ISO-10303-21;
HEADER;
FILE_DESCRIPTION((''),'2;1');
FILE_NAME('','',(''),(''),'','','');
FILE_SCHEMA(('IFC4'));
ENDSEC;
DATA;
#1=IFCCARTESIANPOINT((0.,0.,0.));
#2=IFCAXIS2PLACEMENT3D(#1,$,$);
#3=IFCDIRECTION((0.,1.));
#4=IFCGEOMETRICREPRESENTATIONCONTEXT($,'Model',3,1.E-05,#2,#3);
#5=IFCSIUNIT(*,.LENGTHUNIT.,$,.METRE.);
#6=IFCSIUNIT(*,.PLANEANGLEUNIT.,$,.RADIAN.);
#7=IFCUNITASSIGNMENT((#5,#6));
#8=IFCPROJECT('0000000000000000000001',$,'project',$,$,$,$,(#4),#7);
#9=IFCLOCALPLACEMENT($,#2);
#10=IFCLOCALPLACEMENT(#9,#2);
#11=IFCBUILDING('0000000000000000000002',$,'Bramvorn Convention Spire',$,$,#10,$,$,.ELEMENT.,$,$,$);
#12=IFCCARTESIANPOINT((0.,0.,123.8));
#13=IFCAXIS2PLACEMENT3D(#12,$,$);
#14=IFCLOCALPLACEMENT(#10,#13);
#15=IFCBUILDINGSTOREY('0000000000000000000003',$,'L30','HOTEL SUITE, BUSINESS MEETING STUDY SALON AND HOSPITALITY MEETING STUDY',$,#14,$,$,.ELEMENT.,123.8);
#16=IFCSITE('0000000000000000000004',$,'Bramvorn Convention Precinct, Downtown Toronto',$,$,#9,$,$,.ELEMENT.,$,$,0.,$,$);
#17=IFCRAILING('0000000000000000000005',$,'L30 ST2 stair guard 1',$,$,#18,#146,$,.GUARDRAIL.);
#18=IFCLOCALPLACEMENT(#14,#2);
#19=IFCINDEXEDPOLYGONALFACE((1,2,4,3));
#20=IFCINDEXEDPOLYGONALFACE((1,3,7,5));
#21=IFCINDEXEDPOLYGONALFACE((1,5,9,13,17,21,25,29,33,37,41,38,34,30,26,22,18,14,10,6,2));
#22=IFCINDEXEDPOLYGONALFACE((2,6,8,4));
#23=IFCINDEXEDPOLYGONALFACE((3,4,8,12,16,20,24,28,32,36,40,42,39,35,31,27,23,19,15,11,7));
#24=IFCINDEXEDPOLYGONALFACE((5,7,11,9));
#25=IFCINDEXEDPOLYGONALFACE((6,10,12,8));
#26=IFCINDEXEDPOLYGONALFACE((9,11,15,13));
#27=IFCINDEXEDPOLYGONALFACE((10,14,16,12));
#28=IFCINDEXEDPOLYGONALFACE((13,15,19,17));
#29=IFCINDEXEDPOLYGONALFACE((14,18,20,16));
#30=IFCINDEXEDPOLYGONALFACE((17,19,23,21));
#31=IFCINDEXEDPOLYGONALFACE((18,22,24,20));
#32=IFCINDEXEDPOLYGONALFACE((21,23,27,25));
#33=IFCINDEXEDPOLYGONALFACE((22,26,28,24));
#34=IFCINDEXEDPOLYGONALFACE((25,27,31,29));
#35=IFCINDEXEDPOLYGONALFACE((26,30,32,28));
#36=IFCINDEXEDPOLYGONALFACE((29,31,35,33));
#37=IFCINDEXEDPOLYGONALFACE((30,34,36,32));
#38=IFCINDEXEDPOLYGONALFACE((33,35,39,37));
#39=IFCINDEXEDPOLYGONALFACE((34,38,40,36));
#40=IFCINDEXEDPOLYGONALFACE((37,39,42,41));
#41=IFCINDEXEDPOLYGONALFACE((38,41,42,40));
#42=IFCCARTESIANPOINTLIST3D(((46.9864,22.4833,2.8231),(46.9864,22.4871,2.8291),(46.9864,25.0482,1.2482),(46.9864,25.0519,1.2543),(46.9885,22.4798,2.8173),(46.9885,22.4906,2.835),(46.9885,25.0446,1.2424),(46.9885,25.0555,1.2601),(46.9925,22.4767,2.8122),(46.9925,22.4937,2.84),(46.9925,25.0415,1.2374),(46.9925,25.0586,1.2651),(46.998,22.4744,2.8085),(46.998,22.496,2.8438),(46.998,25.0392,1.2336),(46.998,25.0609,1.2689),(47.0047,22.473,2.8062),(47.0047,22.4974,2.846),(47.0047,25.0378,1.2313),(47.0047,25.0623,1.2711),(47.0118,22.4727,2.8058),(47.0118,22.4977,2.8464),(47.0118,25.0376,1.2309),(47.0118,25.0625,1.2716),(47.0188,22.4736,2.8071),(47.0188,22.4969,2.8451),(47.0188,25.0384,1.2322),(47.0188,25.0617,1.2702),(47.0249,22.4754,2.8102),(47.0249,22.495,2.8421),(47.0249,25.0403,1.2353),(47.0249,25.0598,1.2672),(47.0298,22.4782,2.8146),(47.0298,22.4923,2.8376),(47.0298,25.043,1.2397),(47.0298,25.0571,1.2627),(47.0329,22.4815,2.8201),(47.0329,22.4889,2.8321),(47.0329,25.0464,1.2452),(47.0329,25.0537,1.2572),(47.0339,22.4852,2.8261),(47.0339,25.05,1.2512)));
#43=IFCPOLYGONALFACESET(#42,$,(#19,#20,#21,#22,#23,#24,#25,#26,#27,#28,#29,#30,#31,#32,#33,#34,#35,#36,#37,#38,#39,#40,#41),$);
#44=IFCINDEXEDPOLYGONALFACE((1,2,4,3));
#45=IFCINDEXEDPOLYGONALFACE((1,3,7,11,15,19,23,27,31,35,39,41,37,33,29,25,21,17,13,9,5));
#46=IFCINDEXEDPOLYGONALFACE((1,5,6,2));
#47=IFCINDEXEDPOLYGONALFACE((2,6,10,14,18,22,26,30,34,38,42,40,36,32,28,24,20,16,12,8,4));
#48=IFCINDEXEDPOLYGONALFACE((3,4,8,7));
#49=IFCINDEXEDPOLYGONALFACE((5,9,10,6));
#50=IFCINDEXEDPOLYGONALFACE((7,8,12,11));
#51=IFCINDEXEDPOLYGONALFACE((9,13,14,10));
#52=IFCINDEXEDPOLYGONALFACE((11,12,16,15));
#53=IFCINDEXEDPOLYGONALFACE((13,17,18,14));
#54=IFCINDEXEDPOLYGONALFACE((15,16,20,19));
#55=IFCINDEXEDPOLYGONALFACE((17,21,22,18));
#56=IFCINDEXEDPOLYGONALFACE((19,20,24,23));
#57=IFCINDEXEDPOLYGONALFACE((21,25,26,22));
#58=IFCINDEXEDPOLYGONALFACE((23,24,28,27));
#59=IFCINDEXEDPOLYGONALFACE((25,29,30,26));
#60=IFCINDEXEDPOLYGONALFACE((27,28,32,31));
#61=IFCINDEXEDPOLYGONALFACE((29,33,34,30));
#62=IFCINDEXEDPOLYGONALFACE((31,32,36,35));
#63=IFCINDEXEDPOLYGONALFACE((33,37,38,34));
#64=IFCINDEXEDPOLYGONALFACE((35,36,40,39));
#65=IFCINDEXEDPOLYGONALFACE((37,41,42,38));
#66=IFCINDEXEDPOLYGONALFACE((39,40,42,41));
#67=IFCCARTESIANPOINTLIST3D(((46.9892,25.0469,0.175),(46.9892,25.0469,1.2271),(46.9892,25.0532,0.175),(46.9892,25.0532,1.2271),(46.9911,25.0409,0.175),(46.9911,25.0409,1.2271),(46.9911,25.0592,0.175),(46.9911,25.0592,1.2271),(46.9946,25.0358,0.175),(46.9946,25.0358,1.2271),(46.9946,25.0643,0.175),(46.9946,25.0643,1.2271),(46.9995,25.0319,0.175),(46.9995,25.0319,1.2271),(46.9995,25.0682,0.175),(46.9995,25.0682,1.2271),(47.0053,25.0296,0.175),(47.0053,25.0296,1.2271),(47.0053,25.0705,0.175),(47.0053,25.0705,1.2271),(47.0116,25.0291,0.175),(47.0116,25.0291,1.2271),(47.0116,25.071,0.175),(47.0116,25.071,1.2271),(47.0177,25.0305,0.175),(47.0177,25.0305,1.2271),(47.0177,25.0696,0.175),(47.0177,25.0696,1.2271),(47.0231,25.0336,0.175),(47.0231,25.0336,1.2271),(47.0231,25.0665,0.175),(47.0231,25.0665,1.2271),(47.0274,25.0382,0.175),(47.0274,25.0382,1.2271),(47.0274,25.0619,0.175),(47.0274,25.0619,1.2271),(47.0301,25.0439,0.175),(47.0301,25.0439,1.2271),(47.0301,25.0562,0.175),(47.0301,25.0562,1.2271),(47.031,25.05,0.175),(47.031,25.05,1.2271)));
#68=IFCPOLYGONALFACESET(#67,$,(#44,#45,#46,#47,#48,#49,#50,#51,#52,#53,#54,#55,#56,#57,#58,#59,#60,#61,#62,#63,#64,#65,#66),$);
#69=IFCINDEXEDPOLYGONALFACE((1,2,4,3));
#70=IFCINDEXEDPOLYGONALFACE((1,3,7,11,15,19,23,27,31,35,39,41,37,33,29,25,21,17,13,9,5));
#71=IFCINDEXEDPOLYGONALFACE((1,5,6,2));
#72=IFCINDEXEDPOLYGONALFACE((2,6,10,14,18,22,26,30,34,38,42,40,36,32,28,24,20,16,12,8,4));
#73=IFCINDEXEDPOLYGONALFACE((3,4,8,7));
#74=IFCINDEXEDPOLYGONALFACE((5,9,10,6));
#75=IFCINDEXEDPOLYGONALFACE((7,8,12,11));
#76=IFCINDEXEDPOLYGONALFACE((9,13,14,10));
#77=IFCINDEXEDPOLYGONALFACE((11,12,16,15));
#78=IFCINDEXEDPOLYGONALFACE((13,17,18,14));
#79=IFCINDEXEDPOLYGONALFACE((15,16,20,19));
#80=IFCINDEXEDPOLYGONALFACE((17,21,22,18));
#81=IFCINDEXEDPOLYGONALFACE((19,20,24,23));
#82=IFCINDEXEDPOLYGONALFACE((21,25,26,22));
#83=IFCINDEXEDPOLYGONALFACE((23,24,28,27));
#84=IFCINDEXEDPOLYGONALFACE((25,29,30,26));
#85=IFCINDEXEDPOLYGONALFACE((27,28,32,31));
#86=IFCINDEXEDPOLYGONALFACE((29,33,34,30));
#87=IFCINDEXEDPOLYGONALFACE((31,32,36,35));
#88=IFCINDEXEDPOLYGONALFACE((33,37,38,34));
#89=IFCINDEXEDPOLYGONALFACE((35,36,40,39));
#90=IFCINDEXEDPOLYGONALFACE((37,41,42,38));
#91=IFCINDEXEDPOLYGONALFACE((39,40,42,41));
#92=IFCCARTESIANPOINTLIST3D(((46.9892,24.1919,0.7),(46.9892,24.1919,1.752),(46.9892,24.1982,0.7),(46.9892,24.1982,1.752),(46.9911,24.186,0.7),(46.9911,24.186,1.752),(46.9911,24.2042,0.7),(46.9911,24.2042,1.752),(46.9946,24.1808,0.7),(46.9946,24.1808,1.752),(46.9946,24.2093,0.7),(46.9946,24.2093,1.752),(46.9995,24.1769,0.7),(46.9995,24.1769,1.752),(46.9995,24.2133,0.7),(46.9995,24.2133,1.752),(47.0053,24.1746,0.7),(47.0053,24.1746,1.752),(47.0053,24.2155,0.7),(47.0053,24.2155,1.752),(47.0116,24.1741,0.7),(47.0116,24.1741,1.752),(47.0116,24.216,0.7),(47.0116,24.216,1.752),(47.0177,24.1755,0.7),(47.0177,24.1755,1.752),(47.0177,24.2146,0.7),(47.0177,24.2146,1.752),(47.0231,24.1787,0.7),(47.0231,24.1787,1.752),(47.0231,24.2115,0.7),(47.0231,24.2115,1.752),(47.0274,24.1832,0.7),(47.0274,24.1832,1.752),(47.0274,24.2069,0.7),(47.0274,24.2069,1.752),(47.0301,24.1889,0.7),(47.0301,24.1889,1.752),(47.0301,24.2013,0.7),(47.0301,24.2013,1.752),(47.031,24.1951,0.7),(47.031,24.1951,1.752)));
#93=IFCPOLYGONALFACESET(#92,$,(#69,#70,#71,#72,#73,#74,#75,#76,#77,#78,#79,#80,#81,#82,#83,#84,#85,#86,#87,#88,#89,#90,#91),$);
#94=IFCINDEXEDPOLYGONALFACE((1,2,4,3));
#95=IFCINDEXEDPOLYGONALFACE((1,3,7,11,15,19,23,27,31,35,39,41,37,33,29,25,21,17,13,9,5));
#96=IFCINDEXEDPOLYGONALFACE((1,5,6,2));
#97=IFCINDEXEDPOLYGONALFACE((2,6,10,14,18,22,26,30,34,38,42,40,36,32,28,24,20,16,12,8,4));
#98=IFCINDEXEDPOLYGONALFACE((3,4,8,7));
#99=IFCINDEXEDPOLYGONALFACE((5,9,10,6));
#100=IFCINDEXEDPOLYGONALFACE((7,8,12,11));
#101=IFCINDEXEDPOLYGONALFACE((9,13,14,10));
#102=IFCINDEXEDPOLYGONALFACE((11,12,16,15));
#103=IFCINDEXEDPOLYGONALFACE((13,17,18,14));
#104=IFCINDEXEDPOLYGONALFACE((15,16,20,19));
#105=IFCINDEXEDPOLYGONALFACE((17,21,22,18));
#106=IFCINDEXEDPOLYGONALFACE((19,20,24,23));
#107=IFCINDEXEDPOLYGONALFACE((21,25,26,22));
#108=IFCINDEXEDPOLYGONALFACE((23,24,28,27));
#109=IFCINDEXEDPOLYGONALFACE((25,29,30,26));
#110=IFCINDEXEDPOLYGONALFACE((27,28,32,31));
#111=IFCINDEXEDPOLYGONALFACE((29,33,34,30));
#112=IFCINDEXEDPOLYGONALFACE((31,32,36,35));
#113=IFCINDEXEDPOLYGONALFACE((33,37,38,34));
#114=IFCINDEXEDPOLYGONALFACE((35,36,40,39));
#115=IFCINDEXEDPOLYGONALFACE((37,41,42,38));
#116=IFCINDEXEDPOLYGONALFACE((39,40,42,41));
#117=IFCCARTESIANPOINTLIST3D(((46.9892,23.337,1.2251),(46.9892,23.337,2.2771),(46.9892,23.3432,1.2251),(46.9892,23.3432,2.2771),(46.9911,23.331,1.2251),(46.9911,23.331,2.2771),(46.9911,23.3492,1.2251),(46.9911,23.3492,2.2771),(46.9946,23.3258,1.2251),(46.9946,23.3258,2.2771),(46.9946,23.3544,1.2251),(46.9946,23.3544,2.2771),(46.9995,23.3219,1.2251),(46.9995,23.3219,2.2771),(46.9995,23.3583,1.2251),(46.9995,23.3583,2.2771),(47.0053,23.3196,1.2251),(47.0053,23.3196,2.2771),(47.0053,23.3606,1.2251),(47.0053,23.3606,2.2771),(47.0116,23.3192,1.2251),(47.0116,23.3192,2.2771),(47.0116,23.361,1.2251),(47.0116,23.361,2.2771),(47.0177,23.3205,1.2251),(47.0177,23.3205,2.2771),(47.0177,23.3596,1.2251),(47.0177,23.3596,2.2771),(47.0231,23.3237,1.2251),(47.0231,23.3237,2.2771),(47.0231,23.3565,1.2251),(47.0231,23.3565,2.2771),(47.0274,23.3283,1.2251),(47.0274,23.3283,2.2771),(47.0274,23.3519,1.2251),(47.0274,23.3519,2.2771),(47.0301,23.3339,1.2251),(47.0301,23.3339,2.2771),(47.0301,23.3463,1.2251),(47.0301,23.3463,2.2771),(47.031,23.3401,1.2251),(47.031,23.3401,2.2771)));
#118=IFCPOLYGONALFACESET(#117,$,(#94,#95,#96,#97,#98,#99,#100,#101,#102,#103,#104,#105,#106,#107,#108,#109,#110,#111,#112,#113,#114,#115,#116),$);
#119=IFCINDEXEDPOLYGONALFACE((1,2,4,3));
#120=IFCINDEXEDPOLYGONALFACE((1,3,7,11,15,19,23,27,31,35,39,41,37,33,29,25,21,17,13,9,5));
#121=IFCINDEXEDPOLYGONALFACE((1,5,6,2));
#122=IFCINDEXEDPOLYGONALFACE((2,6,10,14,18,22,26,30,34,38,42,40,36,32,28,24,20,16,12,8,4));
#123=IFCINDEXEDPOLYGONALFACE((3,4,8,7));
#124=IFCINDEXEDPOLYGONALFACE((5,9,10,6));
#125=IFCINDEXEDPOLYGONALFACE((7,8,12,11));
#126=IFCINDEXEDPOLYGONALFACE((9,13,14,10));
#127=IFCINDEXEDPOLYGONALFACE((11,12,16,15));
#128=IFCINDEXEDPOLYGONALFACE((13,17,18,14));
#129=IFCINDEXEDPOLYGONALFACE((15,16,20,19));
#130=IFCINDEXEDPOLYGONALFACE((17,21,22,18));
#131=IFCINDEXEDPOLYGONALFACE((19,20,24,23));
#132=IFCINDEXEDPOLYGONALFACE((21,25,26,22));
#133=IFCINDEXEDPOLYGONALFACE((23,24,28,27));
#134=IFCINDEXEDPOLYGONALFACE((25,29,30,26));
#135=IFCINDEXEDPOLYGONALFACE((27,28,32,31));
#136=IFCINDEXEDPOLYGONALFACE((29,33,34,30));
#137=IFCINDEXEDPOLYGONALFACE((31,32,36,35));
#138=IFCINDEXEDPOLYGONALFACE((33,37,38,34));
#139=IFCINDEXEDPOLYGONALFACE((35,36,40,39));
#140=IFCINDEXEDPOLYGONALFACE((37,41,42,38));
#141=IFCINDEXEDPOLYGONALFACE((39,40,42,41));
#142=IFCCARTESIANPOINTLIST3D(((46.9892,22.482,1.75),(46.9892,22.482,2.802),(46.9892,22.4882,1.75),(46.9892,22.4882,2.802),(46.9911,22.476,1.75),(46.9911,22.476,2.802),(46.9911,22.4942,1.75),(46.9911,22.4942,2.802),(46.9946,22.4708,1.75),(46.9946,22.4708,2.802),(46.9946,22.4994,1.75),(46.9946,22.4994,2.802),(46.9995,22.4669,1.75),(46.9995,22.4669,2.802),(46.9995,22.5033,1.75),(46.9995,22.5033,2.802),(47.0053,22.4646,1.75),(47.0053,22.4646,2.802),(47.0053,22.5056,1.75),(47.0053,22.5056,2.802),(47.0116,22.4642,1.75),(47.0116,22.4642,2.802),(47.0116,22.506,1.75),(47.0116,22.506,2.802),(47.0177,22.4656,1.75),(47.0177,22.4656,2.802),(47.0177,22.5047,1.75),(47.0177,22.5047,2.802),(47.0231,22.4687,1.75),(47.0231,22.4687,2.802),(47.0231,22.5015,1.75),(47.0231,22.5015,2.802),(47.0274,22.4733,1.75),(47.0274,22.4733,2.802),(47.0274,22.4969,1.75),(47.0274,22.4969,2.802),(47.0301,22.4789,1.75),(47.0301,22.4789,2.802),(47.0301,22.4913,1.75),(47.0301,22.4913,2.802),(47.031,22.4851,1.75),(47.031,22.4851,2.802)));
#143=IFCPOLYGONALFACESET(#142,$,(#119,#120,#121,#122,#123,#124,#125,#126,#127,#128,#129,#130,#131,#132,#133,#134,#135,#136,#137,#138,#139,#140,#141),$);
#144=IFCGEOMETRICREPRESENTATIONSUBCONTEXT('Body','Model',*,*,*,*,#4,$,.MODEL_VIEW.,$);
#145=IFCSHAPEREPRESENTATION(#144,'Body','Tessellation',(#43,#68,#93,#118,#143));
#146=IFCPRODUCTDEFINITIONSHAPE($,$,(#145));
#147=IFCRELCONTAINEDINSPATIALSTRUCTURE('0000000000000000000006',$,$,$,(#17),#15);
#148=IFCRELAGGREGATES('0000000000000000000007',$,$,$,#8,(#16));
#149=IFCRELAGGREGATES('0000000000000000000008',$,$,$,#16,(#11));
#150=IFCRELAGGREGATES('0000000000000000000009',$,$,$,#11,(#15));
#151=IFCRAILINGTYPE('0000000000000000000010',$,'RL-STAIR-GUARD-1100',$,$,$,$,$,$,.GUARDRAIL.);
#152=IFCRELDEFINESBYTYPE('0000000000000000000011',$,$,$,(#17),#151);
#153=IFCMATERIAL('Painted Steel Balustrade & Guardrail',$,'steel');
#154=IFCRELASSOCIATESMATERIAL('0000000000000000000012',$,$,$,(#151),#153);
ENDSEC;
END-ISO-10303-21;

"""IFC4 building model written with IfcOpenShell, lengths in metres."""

from ifc_helpers import new_model, si_unit, direction, frame, origin, origin_2d, place, context, subcontext, project, spatial, circle, extrude, material, type_object, element, save


model = new_model("IFC4")

# Units and contexts
model_context = context("Model", 3, precision=1e-05, world=origin(), true_north=direction((0.0, 1.0)))
body_context = subcontext(model_context, "Body", "Model", "MODEL_VIEW")
ifc_project = project(units=[si_unit("LENGTHUNIT", "METRE"), si_unit("PLANEANGLEUNIT", "RADIAN")], contexts=[model_context])

# Site, building, storey
site_placement = place(None, origin())
site = spatial("IfcSite", under=ifc_project, at=site_placement, Name="Bramvorn Convention Precinct, Downtown Toronto", CompositionType="ELEMENT", RefElevation=0.0)
building_placement = place(site_placement, origin())
building = spatial("IfcBuilding", under=site, at=building_placement, Name="Bramvorn Convention Spire", CompositionType="ELEMENT")
storey_placement = place(building_placement, frame((0.0, 0.0, 123.8)))
storey = spatial("IfcBuildingStorey", under=building, at=storey_placement, Name="L30", Description="HOTEL SUITE, BUSINESS MEETING STUDY SALON AND HOSPITALITY MEETING STUDY", CompositionType="ELEMENT", Elevation=123.8)

# Railing
ifc_material_1 = material(Name="Painted Steel Balustrade & Guardrail", Category="steel")
railing_type_1 = type_object("IfcRailingType", Name="RL-STAIR-GUARD-1100", PredefinedType="GUARDRAIL", material=ifc_material_1)
railing_1_placement = place(storey_placement, frame((47.01, 25.05, 0.175)))
element("IfcRailing", 1, at=railing_1_placement, inside=storey, type_object=railing_type_1, Name="L30 ST2 stair guard 1", PredefinedType="GUARDRAIL", context=body_context, shape_type="SweptSolid", body=[
    extrude(circle(Radius=0.0239, at=origin_2d()), frame((0.0, 0.0, 1.0762), z_axis=(0.0, -0.852173, 0.52326), x_axis=(1.0, 0.0, 0.0)), (0.0, 0.0, 1.0), 3.0098),
    extrude(circle(Radius=0.021, at=origin_2d()), origin(), (0.0, 0.0, 1.0), 1.052),
    extrude(circle(Radius=0.021, at=origin_2d()), frame((0.0, -0.855, 0.5249)), (0.0, 0.0, 1.0), 1.052),
    extrude(circle(Radius=0.021, at=origin_2d()), frame((0.0, -1.71, 1.05)), (0.0, 0.0, 1.0), 1.052),
    extrude(circle(Radius=0.021, at=origin_2d()), frame((0.0, -2.5649, 1.575)), (0.0, 0.0, 1.0), 1.052),
])

save(model, "model.ifc")
